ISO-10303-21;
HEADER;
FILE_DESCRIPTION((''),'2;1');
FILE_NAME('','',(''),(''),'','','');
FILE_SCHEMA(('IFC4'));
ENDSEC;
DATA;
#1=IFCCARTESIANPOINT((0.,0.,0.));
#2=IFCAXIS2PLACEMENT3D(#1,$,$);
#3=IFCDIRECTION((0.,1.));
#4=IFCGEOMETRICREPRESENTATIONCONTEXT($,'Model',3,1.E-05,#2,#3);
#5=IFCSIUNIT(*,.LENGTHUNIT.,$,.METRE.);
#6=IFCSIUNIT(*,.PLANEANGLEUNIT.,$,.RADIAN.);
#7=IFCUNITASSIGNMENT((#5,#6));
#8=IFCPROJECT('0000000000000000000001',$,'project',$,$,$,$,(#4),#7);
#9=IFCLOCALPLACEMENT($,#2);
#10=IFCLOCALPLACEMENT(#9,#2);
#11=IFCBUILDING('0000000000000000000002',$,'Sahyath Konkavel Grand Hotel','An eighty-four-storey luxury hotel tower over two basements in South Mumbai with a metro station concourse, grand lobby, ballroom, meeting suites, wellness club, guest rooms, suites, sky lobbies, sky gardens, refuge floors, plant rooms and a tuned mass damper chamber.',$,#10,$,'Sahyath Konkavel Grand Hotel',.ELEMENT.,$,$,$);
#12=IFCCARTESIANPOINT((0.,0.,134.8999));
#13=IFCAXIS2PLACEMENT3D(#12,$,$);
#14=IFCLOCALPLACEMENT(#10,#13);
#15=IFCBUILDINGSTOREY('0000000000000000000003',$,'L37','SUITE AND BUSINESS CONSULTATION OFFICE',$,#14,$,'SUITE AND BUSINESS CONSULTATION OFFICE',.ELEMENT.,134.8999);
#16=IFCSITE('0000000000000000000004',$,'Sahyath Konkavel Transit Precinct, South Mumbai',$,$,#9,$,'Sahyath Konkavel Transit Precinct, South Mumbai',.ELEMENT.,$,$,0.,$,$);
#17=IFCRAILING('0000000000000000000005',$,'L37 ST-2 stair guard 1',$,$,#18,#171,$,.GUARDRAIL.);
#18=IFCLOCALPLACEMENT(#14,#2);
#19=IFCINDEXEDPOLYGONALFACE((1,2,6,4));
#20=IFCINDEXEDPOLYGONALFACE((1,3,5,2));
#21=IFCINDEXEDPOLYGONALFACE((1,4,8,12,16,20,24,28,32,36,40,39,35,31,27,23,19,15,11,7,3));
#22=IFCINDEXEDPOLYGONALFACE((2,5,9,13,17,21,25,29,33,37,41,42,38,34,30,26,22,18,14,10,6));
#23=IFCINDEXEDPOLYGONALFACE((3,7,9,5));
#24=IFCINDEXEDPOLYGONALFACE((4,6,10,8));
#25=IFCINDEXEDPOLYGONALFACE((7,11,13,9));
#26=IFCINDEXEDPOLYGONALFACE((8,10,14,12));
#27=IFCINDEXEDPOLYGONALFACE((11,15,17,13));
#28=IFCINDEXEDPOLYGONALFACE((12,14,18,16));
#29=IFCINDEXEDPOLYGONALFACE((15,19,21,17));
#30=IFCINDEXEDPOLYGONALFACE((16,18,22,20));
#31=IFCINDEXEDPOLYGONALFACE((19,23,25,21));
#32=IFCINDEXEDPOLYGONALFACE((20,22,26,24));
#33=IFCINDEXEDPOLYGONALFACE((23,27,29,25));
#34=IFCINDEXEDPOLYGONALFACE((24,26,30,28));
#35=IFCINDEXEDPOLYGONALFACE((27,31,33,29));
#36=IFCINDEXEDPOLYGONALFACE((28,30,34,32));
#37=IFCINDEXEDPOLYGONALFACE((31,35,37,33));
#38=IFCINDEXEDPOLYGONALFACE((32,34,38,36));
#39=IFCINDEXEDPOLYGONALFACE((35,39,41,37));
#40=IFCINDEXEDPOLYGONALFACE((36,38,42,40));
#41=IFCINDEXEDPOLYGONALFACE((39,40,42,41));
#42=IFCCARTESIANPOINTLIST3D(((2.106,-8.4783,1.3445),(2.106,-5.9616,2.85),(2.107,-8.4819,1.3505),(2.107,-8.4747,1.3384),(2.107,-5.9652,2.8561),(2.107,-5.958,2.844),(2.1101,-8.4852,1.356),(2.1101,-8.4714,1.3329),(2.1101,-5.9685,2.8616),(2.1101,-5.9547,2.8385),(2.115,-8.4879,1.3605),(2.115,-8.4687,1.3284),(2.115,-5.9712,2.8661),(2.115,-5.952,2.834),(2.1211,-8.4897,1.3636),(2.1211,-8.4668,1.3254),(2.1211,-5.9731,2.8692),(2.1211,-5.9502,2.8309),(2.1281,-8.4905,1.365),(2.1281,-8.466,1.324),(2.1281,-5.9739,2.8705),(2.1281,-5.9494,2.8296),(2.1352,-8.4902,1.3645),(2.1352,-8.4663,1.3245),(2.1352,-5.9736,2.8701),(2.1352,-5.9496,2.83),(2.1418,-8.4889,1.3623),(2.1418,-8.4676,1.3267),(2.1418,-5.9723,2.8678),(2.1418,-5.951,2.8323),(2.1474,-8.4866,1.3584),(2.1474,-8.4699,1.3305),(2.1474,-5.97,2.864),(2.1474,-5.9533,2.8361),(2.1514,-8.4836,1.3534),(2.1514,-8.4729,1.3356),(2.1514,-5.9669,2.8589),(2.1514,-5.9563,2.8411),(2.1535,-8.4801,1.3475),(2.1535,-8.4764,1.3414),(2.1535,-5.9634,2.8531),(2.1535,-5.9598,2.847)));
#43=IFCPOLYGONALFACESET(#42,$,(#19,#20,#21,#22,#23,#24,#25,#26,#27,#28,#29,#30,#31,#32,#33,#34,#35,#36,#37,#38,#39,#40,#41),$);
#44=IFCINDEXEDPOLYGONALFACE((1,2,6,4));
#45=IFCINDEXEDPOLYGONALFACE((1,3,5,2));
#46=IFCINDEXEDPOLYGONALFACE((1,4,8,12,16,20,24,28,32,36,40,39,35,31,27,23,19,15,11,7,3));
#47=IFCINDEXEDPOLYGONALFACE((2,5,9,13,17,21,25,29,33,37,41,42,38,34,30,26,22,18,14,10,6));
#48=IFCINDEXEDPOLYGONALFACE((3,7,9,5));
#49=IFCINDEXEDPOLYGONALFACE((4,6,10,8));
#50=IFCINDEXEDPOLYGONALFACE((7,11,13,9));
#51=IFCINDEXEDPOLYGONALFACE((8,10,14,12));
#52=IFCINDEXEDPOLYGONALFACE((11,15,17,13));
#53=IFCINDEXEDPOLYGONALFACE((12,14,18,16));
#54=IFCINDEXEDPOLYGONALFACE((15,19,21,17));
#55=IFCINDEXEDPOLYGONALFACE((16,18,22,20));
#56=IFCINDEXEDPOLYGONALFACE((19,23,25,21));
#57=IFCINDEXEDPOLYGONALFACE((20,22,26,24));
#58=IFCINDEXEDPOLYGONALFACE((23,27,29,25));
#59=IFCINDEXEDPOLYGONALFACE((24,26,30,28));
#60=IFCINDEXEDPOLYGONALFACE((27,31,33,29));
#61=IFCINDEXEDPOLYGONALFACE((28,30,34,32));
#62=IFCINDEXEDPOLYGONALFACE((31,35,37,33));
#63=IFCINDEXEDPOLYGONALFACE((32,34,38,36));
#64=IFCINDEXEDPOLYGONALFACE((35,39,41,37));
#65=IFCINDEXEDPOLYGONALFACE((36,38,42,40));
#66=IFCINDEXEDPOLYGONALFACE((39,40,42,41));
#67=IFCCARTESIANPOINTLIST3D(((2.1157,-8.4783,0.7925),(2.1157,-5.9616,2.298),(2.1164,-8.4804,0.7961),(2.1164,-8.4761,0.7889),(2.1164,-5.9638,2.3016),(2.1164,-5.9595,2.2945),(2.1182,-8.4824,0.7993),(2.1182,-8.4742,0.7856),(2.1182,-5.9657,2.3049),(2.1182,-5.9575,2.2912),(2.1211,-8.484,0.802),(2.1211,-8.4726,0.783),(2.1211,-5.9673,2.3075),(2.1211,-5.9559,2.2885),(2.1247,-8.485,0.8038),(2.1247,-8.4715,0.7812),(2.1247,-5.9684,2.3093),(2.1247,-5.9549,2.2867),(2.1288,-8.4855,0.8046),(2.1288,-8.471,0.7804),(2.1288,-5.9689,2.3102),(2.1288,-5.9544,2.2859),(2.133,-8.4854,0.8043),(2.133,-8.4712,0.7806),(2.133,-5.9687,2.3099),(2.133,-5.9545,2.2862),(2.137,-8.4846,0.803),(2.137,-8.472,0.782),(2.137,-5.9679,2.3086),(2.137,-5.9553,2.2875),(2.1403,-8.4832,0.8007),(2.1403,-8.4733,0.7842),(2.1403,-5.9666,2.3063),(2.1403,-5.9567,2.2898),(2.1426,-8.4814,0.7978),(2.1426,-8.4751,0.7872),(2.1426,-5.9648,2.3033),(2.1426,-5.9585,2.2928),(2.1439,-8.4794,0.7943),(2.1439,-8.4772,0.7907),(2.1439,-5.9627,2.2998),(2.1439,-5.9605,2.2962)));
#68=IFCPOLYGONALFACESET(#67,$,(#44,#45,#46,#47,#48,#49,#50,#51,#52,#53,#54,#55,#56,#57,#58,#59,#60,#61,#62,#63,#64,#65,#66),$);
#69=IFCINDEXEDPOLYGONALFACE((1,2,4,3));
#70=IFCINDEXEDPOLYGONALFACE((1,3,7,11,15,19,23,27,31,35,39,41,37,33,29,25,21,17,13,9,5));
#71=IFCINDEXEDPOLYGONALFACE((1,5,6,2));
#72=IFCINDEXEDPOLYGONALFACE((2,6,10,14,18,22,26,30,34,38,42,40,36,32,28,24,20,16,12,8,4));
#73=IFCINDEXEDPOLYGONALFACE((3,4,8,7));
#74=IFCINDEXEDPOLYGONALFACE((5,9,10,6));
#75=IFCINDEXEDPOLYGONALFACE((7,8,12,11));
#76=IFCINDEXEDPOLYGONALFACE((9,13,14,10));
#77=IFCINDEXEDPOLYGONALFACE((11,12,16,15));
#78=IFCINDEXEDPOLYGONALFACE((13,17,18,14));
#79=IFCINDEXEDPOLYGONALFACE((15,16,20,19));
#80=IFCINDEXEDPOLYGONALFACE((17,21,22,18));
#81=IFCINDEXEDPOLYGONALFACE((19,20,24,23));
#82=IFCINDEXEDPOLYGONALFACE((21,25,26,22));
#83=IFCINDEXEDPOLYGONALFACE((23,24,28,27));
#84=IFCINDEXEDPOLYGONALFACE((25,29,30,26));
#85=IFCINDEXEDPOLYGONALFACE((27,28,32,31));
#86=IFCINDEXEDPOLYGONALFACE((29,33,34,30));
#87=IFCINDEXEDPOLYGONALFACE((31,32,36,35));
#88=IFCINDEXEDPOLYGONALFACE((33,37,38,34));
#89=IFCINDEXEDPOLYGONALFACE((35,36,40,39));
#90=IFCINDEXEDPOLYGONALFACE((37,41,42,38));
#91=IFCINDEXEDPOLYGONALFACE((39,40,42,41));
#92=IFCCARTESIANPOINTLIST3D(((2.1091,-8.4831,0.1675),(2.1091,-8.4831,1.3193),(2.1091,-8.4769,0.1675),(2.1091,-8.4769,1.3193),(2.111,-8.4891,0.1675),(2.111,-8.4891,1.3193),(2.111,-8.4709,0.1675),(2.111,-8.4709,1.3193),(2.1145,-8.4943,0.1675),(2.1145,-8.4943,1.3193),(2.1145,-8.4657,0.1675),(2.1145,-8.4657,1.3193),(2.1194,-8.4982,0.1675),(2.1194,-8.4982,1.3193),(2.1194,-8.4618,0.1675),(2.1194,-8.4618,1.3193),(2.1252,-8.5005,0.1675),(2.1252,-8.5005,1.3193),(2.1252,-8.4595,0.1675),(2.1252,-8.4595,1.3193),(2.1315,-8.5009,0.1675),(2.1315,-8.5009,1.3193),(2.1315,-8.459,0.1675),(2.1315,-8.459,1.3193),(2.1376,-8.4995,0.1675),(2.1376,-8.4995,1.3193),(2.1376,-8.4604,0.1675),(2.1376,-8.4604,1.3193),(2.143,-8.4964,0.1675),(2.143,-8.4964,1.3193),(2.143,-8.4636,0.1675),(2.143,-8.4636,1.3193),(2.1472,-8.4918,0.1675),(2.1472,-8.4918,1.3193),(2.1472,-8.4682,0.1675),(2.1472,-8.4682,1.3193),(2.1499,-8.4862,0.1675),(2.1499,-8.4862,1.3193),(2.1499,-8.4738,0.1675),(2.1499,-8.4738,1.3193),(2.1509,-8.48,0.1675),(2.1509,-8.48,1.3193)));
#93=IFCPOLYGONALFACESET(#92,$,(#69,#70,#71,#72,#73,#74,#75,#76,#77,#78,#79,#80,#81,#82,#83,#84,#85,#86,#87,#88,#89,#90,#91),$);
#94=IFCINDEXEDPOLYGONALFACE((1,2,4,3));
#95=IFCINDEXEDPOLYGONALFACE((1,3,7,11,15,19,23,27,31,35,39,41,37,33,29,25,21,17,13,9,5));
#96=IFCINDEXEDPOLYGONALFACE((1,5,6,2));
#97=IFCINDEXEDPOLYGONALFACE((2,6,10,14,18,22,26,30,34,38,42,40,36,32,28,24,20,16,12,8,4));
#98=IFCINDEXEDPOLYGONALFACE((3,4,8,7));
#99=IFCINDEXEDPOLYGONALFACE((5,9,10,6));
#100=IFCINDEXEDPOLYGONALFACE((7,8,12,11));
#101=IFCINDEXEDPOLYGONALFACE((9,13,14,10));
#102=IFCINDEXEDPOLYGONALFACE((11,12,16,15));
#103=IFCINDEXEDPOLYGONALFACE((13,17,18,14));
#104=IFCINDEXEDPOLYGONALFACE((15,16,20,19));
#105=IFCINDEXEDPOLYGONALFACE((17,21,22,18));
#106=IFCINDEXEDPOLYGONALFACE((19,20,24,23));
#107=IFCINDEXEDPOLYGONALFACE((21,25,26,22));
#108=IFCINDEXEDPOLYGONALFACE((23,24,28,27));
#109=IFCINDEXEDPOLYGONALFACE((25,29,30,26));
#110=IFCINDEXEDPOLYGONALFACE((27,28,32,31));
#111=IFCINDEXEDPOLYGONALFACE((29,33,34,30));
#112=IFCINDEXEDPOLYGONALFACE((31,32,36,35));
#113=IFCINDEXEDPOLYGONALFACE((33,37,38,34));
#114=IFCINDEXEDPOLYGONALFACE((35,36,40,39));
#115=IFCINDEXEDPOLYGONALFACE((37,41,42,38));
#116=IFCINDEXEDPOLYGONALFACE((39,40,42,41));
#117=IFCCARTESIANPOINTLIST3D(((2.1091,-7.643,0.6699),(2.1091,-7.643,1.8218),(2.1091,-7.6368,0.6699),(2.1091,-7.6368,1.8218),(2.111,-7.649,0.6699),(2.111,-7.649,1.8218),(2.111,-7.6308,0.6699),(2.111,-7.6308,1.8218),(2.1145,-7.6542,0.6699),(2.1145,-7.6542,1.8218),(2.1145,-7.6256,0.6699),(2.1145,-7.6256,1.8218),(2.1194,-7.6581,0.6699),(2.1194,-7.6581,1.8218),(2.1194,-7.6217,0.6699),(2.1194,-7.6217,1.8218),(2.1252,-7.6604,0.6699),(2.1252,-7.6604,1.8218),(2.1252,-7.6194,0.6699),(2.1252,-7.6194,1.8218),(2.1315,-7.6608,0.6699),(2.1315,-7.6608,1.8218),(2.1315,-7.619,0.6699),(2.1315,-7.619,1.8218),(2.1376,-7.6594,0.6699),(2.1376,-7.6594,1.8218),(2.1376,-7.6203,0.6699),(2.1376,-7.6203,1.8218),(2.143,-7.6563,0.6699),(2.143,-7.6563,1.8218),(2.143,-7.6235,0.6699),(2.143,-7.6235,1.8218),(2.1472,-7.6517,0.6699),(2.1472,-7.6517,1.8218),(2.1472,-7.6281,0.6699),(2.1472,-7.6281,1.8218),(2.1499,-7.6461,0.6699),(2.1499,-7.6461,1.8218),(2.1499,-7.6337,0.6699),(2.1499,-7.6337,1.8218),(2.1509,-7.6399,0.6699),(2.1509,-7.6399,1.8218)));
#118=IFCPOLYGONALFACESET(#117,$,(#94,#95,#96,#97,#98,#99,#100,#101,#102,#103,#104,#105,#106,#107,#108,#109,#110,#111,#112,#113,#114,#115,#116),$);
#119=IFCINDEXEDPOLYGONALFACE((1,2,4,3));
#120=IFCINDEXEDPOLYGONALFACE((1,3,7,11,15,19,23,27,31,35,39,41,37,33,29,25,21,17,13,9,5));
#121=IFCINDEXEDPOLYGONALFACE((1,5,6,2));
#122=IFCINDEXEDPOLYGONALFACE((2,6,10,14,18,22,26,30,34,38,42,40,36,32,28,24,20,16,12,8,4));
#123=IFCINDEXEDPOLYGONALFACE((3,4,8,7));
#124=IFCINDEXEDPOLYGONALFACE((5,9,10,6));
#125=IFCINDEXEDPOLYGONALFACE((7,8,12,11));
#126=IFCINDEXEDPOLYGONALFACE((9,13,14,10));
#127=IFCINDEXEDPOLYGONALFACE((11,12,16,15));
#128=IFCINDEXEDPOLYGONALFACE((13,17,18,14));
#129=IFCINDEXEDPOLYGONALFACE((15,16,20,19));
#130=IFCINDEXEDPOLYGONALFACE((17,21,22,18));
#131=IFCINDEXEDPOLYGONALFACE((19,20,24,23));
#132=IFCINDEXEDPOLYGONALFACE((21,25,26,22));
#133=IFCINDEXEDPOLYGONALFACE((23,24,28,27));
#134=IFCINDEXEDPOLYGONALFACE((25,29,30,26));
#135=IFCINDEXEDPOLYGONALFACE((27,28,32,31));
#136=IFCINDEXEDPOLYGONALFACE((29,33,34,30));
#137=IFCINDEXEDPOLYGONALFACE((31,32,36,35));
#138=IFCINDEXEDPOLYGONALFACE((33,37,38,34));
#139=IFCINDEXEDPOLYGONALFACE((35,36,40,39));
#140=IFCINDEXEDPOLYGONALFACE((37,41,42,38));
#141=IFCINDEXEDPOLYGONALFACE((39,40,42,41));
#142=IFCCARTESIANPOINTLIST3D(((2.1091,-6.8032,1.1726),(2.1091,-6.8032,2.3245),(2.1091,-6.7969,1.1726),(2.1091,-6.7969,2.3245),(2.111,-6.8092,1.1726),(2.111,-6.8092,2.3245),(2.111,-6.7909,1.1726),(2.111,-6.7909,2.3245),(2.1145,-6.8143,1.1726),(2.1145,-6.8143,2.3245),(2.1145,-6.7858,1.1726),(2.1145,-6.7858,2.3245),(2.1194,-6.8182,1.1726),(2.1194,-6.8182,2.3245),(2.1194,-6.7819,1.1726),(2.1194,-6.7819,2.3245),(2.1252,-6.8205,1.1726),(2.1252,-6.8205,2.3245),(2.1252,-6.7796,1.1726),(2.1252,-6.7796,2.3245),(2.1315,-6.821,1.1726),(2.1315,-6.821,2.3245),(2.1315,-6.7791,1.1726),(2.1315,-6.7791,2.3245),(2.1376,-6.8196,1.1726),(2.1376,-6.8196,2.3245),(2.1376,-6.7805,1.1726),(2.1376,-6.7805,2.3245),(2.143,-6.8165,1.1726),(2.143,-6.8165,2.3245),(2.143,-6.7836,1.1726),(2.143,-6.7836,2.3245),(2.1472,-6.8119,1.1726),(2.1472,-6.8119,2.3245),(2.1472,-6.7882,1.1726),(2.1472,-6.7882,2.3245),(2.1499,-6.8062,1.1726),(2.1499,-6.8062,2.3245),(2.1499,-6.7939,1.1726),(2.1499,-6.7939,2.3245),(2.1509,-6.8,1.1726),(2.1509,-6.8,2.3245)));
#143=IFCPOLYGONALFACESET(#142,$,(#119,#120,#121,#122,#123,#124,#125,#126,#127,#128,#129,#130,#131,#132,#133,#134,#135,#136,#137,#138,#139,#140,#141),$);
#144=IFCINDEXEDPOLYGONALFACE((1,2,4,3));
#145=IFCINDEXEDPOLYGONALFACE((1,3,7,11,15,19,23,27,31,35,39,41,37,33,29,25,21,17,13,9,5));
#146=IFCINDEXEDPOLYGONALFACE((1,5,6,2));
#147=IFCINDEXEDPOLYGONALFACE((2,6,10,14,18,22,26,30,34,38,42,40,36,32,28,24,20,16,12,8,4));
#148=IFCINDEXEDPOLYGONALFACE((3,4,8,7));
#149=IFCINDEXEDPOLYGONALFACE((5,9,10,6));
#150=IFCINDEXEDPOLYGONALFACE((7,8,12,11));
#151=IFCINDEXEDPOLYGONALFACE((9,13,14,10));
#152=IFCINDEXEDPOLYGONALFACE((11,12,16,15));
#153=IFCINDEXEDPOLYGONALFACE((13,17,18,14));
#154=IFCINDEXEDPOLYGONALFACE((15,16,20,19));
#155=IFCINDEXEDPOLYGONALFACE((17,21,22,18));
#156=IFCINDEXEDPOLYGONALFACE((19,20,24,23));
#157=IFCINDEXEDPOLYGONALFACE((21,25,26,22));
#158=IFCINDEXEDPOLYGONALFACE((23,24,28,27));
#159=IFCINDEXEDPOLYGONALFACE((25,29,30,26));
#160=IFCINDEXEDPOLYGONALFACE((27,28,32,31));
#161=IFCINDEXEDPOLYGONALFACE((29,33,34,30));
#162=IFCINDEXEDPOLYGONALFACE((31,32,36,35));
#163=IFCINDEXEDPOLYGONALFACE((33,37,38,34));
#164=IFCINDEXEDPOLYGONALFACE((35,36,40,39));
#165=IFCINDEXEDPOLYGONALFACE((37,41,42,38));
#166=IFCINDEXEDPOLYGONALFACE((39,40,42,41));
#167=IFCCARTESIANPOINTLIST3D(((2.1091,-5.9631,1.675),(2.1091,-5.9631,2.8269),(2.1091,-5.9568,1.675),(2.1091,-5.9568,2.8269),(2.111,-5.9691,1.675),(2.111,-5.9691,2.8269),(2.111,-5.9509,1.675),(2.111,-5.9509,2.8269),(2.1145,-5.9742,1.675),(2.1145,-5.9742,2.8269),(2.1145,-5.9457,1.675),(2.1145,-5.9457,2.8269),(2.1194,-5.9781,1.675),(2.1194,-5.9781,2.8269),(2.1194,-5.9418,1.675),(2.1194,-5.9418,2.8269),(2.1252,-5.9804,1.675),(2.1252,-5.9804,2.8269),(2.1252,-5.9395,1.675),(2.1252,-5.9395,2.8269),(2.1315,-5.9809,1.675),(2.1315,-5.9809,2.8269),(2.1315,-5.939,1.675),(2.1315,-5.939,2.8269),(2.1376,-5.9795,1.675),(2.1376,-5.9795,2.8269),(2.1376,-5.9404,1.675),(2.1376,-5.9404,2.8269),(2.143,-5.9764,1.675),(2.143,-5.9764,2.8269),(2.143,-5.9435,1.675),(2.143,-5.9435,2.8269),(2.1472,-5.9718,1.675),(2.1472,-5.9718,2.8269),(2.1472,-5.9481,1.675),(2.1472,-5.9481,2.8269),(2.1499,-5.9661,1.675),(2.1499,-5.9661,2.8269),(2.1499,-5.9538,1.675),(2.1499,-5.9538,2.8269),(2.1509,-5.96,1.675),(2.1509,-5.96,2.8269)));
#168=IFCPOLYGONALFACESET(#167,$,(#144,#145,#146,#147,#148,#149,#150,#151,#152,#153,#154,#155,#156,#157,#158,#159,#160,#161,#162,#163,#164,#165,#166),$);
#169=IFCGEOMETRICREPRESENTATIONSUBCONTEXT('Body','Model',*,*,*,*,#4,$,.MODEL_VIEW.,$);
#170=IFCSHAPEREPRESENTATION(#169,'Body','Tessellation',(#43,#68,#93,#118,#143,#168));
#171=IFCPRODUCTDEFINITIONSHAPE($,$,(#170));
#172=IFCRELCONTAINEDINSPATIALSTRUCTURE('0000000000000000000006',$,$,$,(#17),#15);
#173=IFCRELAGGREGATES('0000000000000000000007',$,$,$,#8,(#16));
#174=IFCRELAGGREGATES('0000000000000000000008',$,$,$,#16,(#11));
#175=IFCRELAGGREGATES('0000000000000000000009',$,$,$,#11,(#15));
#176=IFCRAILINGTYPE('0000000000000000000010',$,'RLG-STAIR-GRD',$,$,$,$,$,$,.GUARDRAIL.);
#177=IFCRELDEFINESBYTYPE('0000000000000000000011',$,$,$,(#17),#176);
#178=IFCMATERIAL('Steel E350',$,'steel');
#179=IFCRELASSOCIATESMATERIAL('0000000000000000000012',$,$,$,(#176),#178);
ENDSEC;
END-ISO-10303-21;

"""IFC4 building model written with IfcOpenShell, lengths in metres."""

from ifc_helpers import new_model, si_unit, direction, frame, origin, origin_2d, place, context, subcontext, project, spatial, circle, extrude, material, type_object, element, save


model = new_model("IFC4")

# Units and contexts
model_context = context("Model", 3, precision=1e-05, world=origin(), true_north=direction((0.0, 1.0)))
body_context = subcontext(model_context, "Body", "Model", "MODEL_VIEW")
ifc_project = project(units=[si_unit("LENGTHUNIT", "METRE"), si_unit("PLANEANGLEUNIT", "RADIAN")], contexts=[model_context])

# Site, building, storey
site_placement = place(None, origin())
site = spatial("IfcSite", under=ifc_project, at=site_placement, Name="Sahyath Konkavel Transit Precinct, South Mumbai", LongName="Sahyath Konkavel Transit Precinct, South Mumbai", CompositionType="ELEMENT", RefElevation=0.0)
building_placement = place(site_placement, origin())
building = spatial("IfcBuilding", under=site, at=building_placement, Name="Sahyath Konkavel Grand Hotel", Description="An eighty-four-storey luxury hotel tower over two basements in South Mumbai with a metro station concourse, grand lobby, ballroom, meeting suites, wellness club, guest rooms, suites, sky lobbies, sky gardens, refuge floors, plant rooms and a tuned mass damper chamber.", LongName="Sahyath Konkavel Grand Hotel", CompositionType="ELEMENT")
storey_placement = place(building_placement, frame((0.0, 0.0, 134.8999)))
storey = spatial("IfcBuildingStorey", under=building, at=storey_placement, Name="L37", Description="SUITE AND BUSINESS CONSULTATION OFFICE", LongName="SUITE AND BUSINESS CONSULTATION OFFICE", CompositionType="ELEMENT", Elevation=134.8999)

# Shared definitions
ifc_material_1 = material(Name="Steel E350", Category="steel")

# Railing
railing_type_1 = type_object("IfcRailingType", Name="RLG-STAIR-GRD", PredefinedType="GUARDRAIL", material=ifc_material_1)
railing_1_placement = place(storey_placement, frame((2.1299, -8.48, 0.1675)))
element("IfcRailing", 1, at=railing_1_placement, inside=storey, type_object=railing_type_1, Name="L37 ST-2 stair guard 1", PredefinedType="GUARDRAIL", context=body_context, shape_type="SweptSolid", body=[
    extrude(circle(Radius=0.0239, at=origin_2d()), frame((0.0, 0.0017, 1.177), z_axis=(0.0, 0.85816, 0.513383), x_axis=(-1.0, 0.0, 0.0)), (0.0, 0.0, 1.0), 2.9326),
    extrude(circle(Radius=0.0142, at=origin_2d()), frame((0.0, 0.0017, 0.625), z_axis=(0.0, 0.85816, 0.513383), x_axis=(-1.0, 0.0, 0.0)), (0.0, 0.0, 1.0), 2.9326),
    extrude(circle(Radius=0.021, at=origin_2d()), origin(), (0.0, 0.0, 1.0), 1.1519),
    extrude(circle(Radius=0.021, at=origin_2d()), frame((0.0, 0.8401, 0.5024)), (0.0, 0.0, 1.0), 1.1519),
    extrude(circle(Radius=0.021, at=origin_2d()), frame((0.0, 1.6799, 1.0051)), (0.0, 0.0, 1.0), 1.1519),
    extrude(circle(Radius=0.021, at=origin_2d()), frame((0.0, 2.52, 1.5076)), (0.0, 0.0, 1.0), 1.1519),
])

save(model, "model.ifc")
